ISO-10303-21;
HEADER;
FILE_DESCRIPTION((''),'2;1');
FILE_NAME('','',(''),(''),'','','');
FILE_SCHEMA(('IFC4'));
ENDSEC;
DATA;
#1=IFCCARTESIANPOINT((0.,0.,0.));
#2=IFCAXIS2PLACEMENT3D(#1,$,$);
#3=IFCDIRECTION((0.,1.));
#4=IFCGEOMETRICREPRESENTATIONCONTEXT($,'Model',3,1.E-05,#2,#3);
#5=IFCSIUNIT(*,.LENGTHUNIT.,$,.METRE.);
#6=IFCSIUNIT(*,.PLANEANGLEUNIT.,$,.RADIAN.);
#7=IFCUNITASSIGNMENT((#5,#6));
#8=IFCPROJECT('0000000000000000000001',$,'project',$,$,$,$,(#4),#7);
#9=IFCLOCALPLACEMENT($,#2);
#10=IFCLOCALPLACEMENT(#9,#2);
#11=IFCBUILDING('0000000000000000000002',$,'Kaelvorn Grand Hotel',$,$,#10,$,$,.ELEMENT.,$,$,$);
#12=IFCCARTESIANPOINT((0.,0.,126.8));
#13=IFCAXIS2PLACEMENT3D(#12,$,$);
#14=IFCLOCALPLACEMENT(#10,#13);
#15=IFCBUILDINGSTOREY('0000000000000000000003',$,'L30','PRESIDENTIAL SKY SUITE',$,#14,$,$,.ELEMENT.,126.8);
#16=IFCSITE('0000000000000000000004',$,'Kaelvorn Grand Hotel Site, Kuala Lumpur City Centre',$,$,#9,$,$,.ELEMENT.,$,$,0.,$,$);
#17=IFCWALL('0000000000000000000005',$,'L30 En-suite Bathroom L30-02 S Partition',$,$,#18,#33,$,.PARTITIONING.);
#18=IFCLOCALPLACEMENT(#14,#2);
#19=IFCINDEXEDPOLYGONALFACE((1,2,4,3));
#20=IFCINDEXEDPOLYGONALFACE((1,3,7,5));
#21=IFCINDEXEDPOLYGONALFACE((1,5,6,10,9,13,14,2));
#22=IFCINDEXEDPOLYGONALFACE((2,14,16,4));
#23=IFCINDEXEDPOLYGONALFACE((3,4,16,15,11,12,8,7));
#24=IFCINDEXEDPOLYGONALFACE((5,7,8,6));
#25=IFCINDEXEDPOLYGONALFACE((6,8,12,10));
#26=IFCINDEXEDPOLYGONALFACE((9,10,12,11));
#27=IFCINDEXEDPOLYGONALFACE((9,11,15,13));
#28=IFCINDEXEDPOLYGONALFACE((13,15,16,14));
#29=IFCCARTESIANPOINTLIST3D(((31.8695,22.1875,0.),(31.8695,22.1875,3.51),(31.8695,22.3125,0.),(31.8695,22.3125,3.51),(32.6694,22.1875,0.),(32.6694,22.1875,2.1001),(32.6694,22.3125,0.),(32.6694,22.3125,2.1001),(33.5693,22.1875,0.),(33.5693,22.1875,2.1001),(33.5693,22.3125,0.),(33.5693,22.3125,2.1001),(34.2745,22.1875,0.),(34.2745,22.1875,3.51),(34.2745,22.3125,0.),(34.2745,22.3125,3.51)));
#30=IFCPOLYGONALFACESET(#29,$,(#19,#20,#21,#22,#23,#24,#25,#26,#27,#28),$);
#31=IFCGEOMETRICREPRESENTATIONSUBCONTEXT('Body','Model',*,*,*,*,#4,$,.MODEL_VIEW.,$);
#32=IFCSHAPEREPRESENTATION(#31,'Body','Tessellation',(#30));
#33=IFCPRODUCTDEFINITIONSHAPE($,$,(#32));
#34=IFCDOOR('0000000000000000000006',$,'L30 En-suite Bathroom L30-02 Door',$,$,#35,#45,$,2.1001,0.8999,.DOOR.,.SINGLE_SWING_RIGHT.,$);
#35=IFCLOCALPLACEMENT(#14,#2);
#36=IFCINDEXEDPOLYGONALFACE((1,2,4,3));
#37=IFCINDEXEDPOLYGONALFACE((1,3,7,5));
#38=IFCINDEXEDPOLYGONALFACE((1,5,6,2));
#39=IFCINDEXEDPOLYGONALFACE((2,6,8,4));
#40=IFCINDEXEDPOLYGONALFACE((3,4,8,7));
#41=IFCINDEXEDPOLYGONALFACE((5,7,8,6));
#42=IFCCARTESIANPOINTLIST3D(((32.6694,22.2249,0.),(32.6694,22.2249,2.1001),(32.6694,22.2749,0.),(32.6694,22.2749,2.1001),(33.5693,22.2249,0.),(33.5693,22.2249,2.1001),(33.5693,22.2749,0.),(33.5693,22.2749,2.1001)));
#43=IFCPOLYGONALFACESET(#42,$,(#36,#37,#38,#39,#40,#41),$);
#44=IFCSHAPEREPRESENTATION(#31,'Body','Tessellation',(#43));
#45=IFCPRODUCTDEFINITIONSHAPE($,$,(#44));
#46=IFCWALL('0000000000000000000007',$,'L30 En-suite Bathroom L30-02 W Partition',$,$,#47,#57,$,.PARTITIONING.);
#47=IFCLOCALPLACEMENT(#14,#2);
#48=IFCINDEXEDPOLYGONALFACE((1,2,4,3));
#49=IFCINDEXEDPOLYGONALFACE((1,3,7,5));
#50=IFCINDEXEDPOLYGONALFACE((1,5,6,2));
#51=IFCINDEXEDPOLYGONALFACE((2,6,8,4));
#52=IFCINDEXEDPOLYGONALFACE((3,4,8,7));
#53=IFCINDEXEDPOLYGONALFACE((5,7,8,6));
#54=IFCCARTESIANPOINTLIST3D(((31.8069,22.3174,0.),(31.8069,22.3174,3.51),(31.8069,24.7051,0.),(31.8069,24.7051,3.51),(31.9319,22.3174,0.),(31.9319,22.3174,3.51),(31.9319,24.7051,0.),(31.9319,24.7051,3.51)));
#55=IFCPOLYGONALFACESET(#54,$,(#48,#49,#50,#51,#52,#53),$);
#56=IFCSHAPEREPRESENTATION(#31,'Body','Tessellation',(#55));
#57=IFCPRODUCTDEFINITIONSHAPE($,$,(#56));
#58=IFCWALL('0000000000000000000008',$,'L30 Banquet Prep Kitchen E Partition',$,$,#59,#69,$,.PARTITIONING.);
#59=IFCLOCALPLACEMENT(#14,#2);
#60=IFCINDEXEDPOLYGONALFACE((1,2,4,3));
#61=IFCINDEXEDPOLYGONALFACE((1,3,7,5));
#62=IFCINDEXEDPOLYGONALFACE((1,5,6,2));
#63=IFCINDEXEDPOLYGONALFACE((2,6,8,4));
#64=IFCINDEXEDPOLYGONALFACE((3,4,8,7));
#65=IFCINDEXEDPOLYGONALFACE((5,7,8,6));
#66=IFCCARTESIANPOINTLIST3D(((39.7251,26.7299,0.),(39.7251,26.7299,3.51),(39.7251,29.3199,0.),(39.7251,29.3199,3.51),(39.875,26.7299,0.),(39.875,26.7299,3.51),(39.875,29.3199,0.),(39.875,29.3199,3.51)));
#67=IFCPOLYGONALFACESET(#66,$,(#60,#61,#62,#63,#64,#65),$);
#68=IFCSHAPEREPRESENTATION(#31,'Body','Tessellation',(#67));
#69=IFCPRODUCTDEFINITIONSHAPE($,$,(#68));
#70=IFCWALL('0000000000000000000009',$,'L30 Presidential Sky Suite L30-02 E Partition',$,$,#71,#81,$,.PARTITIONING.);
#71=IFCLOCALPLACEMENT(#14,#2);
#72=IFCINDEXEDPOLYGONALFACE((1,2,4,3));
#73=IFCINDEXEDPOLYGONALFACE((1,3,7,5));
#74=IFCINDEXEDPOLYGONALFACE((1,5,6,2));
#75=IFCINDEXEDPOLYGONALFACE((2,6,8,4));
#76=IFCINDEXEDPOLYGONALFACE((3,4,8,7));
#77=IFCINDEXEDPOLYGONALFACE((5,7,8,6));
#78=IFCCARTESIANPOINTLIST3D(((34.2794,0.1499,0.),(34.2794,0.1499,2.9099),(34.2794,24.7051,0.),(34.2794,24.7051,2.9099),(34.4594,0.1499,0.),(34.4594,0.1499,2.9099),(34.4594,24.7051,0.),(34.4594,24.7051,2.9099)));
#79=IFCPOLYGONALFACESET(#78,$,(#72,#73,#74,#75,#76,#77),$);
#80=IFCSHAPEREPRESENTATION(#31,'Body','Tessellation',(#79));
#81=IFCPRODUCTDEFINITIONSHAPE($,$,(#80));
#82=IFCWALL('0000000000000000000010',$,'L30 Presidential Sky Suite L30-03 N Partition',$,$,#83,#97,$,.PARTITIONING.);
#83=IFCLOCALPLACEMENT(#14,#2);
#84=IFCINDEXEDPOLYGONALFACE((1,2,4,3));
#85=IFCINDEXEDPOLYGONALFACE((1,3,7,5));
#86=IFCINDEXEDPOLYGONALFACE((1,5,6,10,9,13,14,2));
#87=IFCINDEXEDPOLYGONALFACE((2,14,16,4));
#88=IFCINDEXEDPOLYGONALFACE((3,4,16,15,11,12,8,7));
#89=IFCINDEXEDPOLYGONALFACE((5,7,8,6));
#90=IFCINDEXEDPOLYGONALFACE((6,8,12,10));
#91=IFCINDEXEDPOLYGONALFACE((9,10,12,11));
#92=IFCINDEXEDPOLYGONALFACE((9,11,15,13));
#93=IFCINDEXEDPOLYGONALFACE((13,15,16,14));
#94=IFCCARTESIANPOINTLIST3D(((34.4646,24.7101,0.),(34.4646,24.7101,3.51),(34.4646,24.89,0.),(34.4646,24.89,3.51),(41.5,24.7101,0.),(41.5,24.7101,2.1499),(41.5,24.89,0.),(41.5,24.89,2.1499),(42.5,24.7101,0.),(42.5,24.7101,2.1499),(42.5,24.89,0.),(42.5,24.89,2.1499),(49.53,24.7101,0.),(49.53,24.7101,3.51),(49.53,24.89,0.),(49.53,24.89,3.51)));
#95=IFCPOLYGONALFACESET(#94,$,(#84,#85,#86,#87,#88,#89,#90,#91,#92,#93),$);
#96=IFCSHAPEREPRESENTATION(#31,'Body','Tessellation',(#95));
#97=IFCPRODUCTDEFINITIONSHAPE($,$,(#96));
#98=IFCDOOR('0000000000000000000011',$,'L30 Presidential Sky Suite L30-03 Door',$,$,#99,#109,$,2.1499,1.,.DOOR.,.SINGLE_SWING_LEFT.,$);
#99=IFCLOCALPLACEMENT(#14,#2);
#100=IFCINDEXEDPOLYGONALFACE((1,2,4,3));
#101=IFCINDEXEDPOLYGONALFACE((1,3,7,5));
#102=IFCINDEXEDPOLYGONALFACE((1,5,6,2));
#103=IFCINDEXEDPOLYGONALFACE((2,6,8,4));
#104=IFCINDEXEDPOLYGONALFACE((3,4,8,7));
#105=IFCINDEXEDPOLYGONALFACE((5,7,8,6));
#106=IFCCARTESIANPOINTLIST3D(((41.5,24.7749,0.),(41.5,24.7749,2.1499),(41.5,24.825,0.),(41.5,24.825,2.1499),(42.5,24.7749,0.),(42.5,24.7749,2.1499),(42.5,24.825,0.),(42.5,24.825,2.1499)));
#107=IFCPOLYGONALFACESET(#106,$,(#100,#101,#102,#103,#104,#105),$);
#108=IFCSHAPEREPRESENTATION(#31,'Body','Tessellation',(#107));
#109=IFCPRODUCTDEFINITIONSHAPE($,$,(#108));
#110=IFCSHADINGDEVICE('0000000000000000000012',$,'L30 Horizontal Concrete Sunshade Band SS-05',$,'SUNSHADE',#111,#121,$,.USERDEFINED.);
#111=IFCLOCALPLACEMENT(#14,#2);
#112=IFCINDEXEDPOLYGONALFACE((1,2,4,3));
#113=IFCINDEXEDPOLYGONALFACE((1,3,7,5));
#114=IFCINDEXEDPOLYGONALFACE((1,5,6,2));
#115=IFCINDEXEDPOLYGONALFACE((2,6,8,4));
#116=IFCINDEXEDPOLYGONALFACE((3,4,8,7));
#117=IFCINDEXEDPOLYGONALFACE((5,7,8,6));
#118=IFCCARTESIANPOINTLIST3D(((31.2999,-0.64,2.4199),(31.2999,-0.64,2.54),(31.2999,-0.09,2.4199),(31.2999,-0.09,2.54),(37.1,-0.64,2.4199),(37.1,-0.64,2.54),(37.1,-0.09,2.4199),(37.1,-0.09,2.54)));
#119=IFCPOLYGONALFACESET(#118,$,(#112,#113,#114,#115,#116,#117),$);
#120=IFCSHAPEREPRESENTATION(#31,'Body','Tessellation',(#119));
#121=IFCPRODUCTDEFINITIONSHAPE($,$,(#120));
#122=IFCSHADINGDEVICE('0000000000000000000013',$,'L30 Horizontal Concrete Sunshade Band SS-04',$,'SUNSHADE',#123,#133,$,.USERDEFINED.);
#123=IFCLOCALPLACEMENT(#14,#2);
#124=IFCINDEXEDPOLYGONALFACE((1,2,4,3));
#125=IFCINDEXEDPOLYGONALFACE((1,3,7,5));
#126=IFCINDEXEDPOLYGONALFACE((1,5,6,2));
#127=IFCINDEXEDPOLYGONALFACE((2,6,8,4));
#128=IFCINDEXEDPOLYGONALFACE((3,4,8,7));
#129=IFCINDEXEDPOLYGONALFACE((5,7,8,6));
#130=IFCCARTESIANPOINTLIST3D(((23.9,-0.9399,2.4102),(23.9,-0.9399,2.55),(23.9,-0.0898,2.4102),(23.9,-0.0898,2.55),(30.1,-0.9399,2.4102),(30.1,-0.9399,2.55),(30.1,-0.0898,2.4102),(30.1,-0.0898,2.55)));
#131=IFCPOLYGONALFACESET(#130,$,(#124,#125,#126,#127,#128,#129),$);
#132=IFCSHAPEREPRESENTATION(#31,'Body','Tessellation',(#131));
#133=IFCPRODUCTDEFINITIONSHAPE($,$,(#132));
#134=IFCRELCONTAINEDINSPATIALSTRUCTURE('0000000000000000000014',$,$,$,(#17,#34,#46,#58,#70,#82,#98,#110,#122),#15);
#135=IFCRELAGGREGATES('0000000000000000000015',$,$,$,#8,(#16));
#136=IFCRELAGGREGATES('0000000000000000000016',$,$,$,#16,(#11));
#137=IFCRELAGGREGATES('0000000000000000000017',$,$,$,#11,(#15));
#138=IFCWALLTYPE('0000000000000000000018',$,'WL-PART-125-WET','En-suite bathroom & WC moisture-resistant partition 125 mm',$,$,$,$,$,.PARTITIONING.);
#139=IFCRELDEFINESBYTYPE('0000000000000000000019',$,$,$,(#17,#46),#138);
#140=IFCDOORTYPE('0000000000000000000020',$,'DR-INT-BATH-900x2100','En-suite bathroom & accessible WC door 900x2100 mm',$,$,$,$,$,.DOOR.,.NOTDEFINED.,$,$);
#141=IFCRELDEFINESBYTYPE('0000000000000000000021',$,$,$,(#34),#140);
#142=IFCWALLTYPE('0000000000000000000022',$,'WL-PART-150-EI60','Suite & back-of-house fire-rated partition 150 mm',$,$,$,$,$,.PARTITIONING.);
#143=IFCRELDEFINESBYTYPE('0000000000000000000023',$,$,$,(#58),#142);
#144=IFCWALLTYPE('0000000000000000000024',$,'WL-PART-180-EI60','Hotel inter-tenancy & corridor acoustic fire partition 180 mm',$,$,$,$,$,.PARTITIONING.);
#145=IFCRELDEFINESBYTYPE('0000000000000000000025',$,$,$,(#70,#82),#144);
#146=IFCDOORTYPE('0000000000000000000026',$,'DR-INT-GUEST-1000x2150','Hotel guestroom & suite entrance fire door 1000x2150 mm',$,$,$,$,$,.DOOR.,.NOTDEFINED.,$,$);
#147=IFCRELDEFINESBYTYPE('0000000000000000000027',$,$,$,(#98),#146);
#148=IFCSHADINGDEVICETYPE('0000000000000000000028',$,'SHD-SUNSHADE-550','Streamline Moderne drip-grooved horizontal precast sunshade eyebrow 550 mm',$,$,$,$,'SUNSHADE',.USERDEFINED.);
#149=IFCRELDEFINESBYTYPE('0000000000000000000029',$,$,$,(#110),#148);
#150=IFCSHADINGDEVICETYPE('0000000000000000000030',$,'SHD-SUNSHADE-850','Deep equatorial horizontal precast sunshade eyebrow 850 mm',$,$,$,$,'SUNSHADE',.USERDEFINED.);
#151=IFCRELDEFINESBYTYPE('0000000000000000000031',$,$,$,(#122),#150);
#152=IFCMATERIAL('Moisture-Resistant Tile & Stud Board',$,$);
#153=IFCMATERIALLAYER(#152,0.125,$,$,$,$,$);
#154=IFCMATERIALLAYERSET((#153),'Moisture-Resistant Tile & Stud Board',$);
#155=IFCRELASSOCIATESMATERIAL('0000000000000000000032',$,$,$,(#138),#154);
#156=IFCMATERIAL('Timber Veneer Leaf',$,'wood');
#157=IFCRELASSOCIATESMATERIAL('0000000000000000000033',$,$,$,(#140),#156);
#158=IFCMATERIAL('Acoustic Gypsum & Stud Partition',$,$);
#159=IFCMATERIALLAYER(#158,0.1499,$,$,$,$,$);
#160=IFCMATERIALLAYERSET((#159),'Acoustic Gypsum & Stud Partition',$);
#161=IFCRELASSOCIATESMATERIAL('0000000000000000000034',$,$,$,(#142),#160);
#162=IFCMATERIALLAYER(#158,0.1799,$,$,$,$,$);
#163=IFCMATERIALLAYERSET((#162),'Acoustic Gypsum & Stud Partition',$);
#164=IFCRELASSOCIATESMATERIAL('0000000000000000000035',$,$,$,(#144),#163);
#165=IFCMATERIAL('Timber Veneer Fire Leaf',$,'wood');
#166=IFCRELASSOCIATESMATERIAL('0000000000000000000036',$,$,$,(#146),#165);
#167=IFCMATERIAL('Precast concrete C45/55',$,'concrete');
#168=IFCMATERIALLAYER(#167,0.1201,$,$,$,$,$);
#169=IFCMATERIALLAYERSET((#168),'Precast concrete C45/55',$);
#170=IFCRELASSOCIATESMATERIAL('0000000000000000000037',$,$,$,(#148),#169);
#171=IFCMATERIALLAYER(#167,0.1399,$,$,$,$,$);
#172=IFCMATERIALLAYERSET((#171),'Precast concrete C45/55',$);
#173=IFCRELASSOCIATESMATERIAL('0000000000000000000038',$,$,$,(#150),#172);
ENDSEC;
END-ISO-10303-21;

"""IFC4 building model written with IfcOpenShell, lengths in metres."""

from ifc_helpers import new_model, si_unit, direction, frame, frame_2d, origin, origin_2d, place, context, subcontext, project, spatial, rectangle, extrude, material, layer, layer_set, type_object, element, fill, save


model = new_model("IFC4")

# Units and contexts
model_context = context("Model", 3, precision=1e-05, world=origin(), true_north=direction((0.0, 1.0)))
body_context = subcontext(model_context, "Body", "Model", "MODEL_VIEW")
ifc_project = project(units=[si_unit("LENGTHUNIT", "METRE"), si_unit("PLANEANGLEUNIT", "RADIAN")], contexts=[model_context])

# Site, building, storey
site_placement = place(None, origin())
site = spatial("IfcSite", under=ifc_project, at=site_placement, Name="Kaelvorn Grand Hotel Site, Kuala Lumpur City Centre", CompositionType="ELEMENT", RefElevation=0.0)
building_placement = place(site_placement, origin())
building = spatial("IfcBuilding", under=site, at=building_placement, Name="Kaelvorn Grand Hotel", CompositionType="ELEMENT")
storey_placement = place(building_placement, frame((0.0, 0.0, 126.8)))
storey = spatial("IfcBuildingStorey", under=building, at=storey_placement, Name="L30", Description="PRESIDENTIAL SKY SUITE", CompositionType="ELEMENT", Elevation=126.8)

# Wall, opening, door
ifc_material_1 = material(Name="Moisture-Resistant Tile & Stud Board")
ifc_layer_1 = layer(ifc_material_1, 0.125)
ifc_layer_set_1 = layer_set([ifc_layer_1], Name="Moisture-Resistant Tile & Stud Board")
wall_type_1 = type_object("IfcWallType", Name="WL-PART-125-WET", Description="En-suite bathroom & WC moisture-resistant partition 125 mm", PredefinedType="PARTITIONING", material=ifc_layer_set_1)
wall_1_placement = place(storey_placement, frame((31.8694, 22.25, 0.0), z_axis=(0.0, 0.0, 1.0), x_axis=(1.0, 0.0, 0.0)))
wall_1 = element("IfcWall", 1, at=wall_1_placement, inside=storey, type_object=wall_type_1, Name="L30 En-suite Bathroom L30-02 S Partition", PredefinedType="PARTITIONING", context=body_context, shape_type="SweptSolid", body=[
    extrude(rectangle(XDim=2.405, YDim=0.125, at=frame_2d((1.2026, 0.0))), origin(), (0.0, 0.0, 1.0), 3.51),
])
opening_1_placement = place(wall_1_placement, frame((0.8, 0.0, 0.0)))
opening_1 = element("IfcOpeningElement", 2, at=opening_1_placement, cuts=wall_1, PredefinedType="OPENING", context=body_context, shape_type="SweptSolid", body=[
    extrude(rectangle(XDim=0.8999, YDim=2.1001, at=frame_2d((0.45, 1.05))), frame((0.0, 0.0725, 0.0), z_axis=(0.0, -1.0, 0.0), x_axis=(1.0, 0.0, 0.0)), (0.0, 0.0, 1.0), 0.145),
])
ifc_material_2 = material(Name="Timber Veneer Leaf", Category="wood")
door_type_1 = type_object("IfcDoorType", Name="DR-INT-BATH-900x2100", Description="En-suite bathroom & accessible WC door 900x2100 mm", OperationType="NOTDEFINED", PredefinedType="DOOR", material=ifc_material_2)
door_1_placement = place(opening_1_placement, origin())
door_1 = element("IfcDoor", 3, at=door_1_placement, inside=storey, type_object=door_type_1, Name="L30 En-suite Bathroom L30-02 Door", OperationType="SINGLE_SWING_RIGHT", OverallHeight=2.1001, OverallWidth=0.8999, PredefinedType="DOOR", context=body_context, shape_type="SweptSolid", body=[
    extrude(rectangle(XDim=0.8999, YDim=2.1001, at=frame_2d((0.45, 1.05))), frame((0.0, 0.0249, 0.0), z_axis=(0.0, -1.0, 0.0), x_axis=(1.0, 0.0, 0.0)), (0.0, 0.0, 1.0), 0.05),
])
fill(opening_1, door_1)

# Walls
wall_2_placement = place(storey_placement, frame((31.8694, 22.3174, 0.0), z_axis=(0.0, 0.0, 1.0), x_axis=(0.0, 1.0, 0.0)))
element("IfcWall", 4, at=wall_2_placement, inside=storey, type_object=wall_type_1, Name="L30 En-suite Bathroom L30-02 W Partition", PredefinedType="PARTITIONING", context=body_context, shape_type="SweptSolid", body=[
    extrude(rectangle(XDim=2.3877, YDim=0.125, at=frame_2d((1.1938, 0.0))), origin(), (0.0, 0.0, 1.0), 3.51),
])
ifc_material_3 = material(Name="Acoustic Gypsum & Stud Partition")
ifc_layer_2 = layer(ifc_material_3, 0.1499)
ifc_layer_set_2 = layer_set([ifc_layer_2], Name="Acoustic Gypsum & Stud Partition")
wall_type_2 = type_object("IfcWallType", Name="WL-PART-150-EI60", Description="Suite & back-of-house fire-rated partition 150 mm", PredefinedType="PARTITIONING", material=ifc_layer_set_2)
wall_3_placement = place(storey_placement, frame((39.8, 26.73, 0.0), z_axis=(0.0, 0.0, 1.0), x_axis=(0.0, 1.0, 0.0)))
element("IfcWall", 5, at=wall_3_placement, inside=storey, type_object=wall_type_2, Name="L30 Banquet Prep Kitchen E Partition", PredefinedType="PARTITIONING", context=body_context, shape_type="SweptSolid", body=[
    extrude(rectangle(XDim=2.5901, YDim=0.1499, at=frame_2d((1.2949, 0.0))), origin(), (0.0, 0.0, 1.0), 3.51),
])
ifc_layer_3 = layer(ifc_material_3, 0.1799)
ifc_layer_set_3 = layer_set([ifc_layer_3], Name="Acoustic Gypsum & Stud Partition")
wall_type_3 = type_object("IfcWallType", Name="WL-PART-180-EI60", Description="Hotel inter-tenancy & corridor acoustic fire partition 180 mm", PredefinedType="PARTITIONING", material=ifc_layer_set_3)
wall_4_placement = place(storey_placement, frame((34.3694, 0.1499, 0.0), z_axis=(0.0, 0.0, 1.0), x_axis=(0.0, 1.0, 0.0)))
element("IfcWall", 6, at=wall_4_placement, inside=storey, type_object=wall_type_3, Name="L30 Presidential Sky Suite L30-02 E Partition", PredefinedType="PARTITIONING", context=body_context, shape_type="SweptSolid", body=[
    extrude(rectangle(XDim=24.5552, YDim=0.1799, at=frame_2d((12.2776, 0.0))), origin(), (0.0, 0.0, 1.0), 2.9099),
])

# Wall, opening, door
wall_5_placement = place(storey_placement, frame((34.4646, 24.8, 0.0), z_axis=(0.0, 0.0, 1.0), x_axis=(1.0, 0.0, 0.0)))
wall_5 = element("IfcWall", 7, at=wall_5_placement, inside=storey, type_object=wall_type_3, Name="L30 Presidential Sky Suite L30-03 N Partition", PredefinedType="PARTITIONING", context=body_context, shape_type="SweptSolid", body=[
    extrude(rectangle(XDim=15.0654, YDim=0.1799, at=frame_2d((7.5327, 0.0))), origin(), (0.0, 0.0, 1.0), 3.51),
])
opening_2_placement = place(wall_5_placement, frame((7.0354, 0.0, 0.0)))
opening_2 = element("IfcOpeningElement", 8, at=opening_2_placement, cuts=wall_5, PredefinedType="OPENING", context=body_context, shape_type="SweptSolid", body=[
    extrude(rectangle(XDim=1.0, YDim=2.1499, at=frame_2d((0.5, 1.075))), frame((0.0, 0.1001, 0.0), z_axis=(0.0, -1.0, 0.0), x_axis=(1.0, 0.0, 0.0)), (0.0, 0.0, 1.0), 0.2),
])
ifc_material_4 = material(Name="Timber Veneer Fire Leaf", Category="wood")
door_type_2 = type_object("IfcDoorType", Name="DR-INT-GUEST-1000x2150", Description="Hotel guestroom & suite entrance fire door 1000x2150 mm", OperationType="NOTDEFINED", PredefinedType="DOOR", material=ifc_material_4)
door_2_placement = place(opening_2_placement, origin())
door_2 = element("IfcDoor", 9, at=door_2_placement, inside=storey, type_object=door_type_2, Name="L30 Presidential Sky Suite L30-03 Door", OperationType="SINGLE_SWING_LEFT", OverallHeight=2.1499, OverallWidth=1.0, PredefinedType="DOOR", context=body_context, shape_type="SweptSolid", body=[
    extrude(rectangle(XDim=1.0, YDim=2.1499, at=frame_2d((0.5, 1.075))), frame((0.0, 0.0249, 0.0), z_axis=(0.0, -1.0, 0.0), x_axis=(1.0, 0.0, 0.0)), (0.0, 0.0, 1.0), 0.05),
])
fill(opening_2, door_2)

# Shading devices
ifc_material_5 = material(Name="Precast concrete C45/55", Category="concrete")
ifc_layer_4 = layer(ifc_material_5, 0.1201)
ifc_layer_set_4 = layer_set([ifc_layer_4], Name="Precast concrete C45/55")
shading_device_type_1 = type_object("IfcShadingDeviceType", Name="SHD-SUNSHADE-550", Description="Streamline Moderne drip-grooved horizontal precast sunshade eyebrow 550 mm", ElementType="SUNSHADE", PredefinedType="USERDEFINED", material=ifc_layer_set_4)
shading_device_1_placement = place(storey_placement, frame((34.2, -0.365, 2.4199), z_axis=(0.0, 0.0, 1.0), x_axis=(1.0, 0.0, 0.0)))
element("IfcShadingDevice", 10, at=shading_device_1_placement, inside=storey, type_object=shading_device_type_1, Name="L30 Horizontal Concrete Sunshade Band SS-05", ObjectType="SUNSHADE", PredefinedType="USERDEFINED", context=body_context, shape_type="SweptSolid", body=[
    extrude(rectangle(XDim=5.8, YDim=0.55, at=origin_2d()), origin(), (0.0, 0.0, 1.0), 0.1201),
])
ifc_layer_5 = layer(ifc_material_5, 0.1399)
ifc_layer_set_5 = layer_set([ifc_layer_5], Name="Precast concrete C45/55")
shading_device_type_2 = type_object("IfcShadingDeviceType", Name="SHD-SUNSHADE-850", Description="Deep equatorial horizontal precast sunshade eyebrow 850 mm", ElementType="SUNSHADE", PredefinedType="USERDEFINED", material=ifc_layer_set_5)
shading_device_2_placement = place(storey_placement, frame((27.0, -0.5149, 2.4102), z_axis=(0.0, 0.0, 1.0), x_axis=(1.0, 0.0, 0.0)))
element("IfcShadingDevice", 11, at=shading_device_2_placement, inside=storey, type_object=shading_device_type_2, Name="L30 Horizontal Concrete Sunshade Band SS-04", ObjectType="SUNSHADE", PredefinedType="USERDEFINED", context=body_context, shape_type="SweptSolid", body=[
    extrude(rectangle(XDim=6.2, YDim=0.8501, at=origin_2d()), origin(), (0.0, 0.0, 1.0), 0.1399),
])

save(model, "model.ifc")
